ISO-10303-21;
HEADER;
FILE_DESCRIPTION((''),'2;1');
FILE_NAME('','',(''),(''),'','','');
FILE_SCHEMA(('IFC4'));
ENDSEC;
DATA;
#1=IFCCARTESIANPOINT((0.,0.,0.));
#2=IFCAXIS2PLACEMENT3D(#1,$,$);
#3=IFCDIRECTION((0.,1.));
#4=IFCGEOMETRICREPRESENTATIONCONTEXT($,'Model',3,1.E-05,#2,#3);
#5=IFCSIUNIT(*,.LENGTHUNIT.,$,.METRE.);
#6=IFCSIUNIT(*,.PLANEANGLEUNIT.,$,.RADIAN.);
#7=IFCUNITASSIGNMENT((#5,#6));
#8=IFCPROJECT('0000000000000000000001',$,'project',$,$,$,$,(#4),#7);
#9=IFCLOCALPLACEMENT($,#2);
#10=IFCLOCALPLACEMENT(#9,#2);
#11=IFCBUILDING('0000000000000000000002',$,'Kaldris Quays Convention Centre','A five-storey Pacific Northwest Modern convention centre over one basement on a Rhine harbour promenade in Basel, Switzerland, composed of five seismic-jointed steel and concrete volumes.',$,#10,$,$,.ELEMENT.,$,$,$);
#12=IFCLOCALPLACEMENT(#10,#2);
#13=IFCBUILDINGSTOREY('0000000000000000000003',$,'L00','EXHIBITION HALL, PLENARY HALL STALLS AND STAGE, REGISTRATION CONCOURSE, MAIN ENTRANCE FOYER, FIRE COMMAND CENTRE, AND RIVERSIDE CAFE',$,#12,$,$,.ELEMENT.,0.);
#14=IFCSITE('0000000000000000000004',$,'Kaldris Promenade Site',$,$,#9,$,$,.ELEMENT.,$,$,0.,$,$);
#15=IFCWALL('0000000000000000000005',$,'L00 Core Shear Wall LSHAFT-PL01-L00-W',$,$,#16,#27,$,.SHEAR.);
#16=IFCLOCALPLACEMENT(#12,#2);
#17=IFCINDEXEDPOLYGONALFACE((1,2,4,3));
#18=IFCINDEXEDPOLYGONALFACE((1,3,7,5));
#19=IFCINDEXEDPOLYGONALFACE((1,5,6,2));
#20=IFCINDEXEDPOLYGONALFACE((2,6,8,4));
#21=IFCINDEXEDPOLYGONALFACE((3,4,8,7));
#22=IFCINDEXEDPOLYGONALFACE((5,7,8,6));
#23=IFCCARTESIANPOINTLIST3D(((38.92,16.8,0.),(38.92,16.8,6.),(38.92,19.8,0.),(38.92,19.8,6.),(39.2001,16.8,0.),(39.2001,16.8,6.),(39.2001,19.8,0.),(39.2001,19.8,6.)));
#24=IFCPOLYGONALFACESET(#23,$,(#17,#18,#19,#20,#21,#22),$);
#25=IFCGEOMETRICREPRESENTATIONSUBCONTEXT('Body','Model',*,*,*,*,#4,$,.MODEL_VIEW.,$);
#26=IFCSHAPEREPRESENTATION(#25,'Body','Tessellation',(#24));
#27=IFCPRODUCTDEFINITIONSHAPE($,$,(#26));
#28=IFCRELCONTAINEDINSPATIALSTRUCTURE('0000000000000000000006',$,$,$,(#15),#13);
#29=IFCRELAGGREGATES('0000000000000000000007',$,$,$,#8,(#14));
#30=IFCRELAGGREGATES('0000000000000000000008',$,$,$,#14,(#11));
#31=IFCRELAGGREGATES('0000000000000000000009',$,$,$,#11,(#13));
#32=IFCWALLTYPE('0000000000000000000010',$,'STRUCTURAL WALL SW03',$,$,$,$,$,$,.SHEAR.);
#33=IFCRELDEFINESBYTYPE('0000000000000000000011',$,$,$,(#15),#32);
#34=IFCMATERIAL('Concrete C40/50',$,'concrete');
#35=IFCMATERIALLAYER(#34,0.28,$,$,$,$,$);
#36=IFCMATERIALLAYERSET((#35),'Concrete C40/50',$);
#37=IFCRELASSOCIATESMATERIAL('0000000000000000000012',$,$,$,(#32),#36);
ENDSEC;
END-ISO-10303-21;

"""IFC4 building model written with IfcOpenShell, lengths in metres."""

from ifc_helpers import new_model, si_unit, direction, frame, frame_2d, origin, place, context, subcontext, project, spatial, rectangle, extrude, material, layer, layer_set, type_object, element, save


model = new_model("IFC4")

# Units and contexts
model_context = context("Model", 3, precision=1e-05, world=origin(), true_north=direction((0.0, 1.0)))
body_context = subcontext(model_context, "Body", "Model", "MODEL_VIEW")
ifc_project = project(units=[si_unit("LENGTHUNIT", "METRE"), si_unit("PLANEANGLEUNIT", "RADIAN")], contexts=[model_context])

# Site, building, storey
site_placement = place(None, origin())
site = spatial("IfcSite", under=ifc_project, at=site_placement, Name="Kaldris Promenade Site", CompositionType="ELEMENT", RefElevation=0.0)
building_placement = place(site_placement, origin())
building = spatial("IfcBuilding", under=site, at=building_placement, Name="Kaldris Quays Convention Centre", Description="A five-storey Pacific Northwest Modern convention centre over one basement on a Rhine harbour promenade in Basel, Switzerland, composed of five seismic-jointed steel and concrete volumes.", CompositionType="ELEMENT")
storey_placement = place(building_placement, origin())
storey = spatial("IfcBuildingStorey", under=building, at=storey_placement, Name="L00", Description="EXHIBITION HALL, PLENARY HALL STALLS AND STAGE, REGISTRATION CONCOURSE, MAIN ENTRANCE FOYER, FIRE COMMAND CENTRE, AND RIVERSIDE CAFE", CompositionType="ELEMENT", Elevation=0.0)

# Wall
ifc_material_1 = material(Name="Concrete C40/50", Category="concrete")
ifc_layer = layer(ifc_material_1, 0.28)
ifc_layer_set = layer_set([ifc_layer], Name="Concrete C40/50")
wall_type = type_object("IfcWallType", Name="STRUCTURAL WALL SW03", PredefinedType="SHEAR", material=ifc_layer_set)
wall_1_placement = place(storey_placement, frame((39.0601, 16.8, 0.0), z_axis=(0.0, 0.0, 1.0), x_axis=(0.0, 1.0, 0.0)))
element("IfcWall", 1, at=wall_1_placement, inside=storey, type_object=wall_type, Name="L00 Core Shear Wall LSHAFT-PL01-L00-W", PredefinedType="SHEAR", context=body_context, shape_type="SweptSolid", body=[
    extrude(rectangle(XDim=3.0, YDim=0.28, at=frame_2d((1.5, 0.0))), origin(), (0.0, 0.0, 1.0), 6.0),
])

save(model, "model.ifc")
